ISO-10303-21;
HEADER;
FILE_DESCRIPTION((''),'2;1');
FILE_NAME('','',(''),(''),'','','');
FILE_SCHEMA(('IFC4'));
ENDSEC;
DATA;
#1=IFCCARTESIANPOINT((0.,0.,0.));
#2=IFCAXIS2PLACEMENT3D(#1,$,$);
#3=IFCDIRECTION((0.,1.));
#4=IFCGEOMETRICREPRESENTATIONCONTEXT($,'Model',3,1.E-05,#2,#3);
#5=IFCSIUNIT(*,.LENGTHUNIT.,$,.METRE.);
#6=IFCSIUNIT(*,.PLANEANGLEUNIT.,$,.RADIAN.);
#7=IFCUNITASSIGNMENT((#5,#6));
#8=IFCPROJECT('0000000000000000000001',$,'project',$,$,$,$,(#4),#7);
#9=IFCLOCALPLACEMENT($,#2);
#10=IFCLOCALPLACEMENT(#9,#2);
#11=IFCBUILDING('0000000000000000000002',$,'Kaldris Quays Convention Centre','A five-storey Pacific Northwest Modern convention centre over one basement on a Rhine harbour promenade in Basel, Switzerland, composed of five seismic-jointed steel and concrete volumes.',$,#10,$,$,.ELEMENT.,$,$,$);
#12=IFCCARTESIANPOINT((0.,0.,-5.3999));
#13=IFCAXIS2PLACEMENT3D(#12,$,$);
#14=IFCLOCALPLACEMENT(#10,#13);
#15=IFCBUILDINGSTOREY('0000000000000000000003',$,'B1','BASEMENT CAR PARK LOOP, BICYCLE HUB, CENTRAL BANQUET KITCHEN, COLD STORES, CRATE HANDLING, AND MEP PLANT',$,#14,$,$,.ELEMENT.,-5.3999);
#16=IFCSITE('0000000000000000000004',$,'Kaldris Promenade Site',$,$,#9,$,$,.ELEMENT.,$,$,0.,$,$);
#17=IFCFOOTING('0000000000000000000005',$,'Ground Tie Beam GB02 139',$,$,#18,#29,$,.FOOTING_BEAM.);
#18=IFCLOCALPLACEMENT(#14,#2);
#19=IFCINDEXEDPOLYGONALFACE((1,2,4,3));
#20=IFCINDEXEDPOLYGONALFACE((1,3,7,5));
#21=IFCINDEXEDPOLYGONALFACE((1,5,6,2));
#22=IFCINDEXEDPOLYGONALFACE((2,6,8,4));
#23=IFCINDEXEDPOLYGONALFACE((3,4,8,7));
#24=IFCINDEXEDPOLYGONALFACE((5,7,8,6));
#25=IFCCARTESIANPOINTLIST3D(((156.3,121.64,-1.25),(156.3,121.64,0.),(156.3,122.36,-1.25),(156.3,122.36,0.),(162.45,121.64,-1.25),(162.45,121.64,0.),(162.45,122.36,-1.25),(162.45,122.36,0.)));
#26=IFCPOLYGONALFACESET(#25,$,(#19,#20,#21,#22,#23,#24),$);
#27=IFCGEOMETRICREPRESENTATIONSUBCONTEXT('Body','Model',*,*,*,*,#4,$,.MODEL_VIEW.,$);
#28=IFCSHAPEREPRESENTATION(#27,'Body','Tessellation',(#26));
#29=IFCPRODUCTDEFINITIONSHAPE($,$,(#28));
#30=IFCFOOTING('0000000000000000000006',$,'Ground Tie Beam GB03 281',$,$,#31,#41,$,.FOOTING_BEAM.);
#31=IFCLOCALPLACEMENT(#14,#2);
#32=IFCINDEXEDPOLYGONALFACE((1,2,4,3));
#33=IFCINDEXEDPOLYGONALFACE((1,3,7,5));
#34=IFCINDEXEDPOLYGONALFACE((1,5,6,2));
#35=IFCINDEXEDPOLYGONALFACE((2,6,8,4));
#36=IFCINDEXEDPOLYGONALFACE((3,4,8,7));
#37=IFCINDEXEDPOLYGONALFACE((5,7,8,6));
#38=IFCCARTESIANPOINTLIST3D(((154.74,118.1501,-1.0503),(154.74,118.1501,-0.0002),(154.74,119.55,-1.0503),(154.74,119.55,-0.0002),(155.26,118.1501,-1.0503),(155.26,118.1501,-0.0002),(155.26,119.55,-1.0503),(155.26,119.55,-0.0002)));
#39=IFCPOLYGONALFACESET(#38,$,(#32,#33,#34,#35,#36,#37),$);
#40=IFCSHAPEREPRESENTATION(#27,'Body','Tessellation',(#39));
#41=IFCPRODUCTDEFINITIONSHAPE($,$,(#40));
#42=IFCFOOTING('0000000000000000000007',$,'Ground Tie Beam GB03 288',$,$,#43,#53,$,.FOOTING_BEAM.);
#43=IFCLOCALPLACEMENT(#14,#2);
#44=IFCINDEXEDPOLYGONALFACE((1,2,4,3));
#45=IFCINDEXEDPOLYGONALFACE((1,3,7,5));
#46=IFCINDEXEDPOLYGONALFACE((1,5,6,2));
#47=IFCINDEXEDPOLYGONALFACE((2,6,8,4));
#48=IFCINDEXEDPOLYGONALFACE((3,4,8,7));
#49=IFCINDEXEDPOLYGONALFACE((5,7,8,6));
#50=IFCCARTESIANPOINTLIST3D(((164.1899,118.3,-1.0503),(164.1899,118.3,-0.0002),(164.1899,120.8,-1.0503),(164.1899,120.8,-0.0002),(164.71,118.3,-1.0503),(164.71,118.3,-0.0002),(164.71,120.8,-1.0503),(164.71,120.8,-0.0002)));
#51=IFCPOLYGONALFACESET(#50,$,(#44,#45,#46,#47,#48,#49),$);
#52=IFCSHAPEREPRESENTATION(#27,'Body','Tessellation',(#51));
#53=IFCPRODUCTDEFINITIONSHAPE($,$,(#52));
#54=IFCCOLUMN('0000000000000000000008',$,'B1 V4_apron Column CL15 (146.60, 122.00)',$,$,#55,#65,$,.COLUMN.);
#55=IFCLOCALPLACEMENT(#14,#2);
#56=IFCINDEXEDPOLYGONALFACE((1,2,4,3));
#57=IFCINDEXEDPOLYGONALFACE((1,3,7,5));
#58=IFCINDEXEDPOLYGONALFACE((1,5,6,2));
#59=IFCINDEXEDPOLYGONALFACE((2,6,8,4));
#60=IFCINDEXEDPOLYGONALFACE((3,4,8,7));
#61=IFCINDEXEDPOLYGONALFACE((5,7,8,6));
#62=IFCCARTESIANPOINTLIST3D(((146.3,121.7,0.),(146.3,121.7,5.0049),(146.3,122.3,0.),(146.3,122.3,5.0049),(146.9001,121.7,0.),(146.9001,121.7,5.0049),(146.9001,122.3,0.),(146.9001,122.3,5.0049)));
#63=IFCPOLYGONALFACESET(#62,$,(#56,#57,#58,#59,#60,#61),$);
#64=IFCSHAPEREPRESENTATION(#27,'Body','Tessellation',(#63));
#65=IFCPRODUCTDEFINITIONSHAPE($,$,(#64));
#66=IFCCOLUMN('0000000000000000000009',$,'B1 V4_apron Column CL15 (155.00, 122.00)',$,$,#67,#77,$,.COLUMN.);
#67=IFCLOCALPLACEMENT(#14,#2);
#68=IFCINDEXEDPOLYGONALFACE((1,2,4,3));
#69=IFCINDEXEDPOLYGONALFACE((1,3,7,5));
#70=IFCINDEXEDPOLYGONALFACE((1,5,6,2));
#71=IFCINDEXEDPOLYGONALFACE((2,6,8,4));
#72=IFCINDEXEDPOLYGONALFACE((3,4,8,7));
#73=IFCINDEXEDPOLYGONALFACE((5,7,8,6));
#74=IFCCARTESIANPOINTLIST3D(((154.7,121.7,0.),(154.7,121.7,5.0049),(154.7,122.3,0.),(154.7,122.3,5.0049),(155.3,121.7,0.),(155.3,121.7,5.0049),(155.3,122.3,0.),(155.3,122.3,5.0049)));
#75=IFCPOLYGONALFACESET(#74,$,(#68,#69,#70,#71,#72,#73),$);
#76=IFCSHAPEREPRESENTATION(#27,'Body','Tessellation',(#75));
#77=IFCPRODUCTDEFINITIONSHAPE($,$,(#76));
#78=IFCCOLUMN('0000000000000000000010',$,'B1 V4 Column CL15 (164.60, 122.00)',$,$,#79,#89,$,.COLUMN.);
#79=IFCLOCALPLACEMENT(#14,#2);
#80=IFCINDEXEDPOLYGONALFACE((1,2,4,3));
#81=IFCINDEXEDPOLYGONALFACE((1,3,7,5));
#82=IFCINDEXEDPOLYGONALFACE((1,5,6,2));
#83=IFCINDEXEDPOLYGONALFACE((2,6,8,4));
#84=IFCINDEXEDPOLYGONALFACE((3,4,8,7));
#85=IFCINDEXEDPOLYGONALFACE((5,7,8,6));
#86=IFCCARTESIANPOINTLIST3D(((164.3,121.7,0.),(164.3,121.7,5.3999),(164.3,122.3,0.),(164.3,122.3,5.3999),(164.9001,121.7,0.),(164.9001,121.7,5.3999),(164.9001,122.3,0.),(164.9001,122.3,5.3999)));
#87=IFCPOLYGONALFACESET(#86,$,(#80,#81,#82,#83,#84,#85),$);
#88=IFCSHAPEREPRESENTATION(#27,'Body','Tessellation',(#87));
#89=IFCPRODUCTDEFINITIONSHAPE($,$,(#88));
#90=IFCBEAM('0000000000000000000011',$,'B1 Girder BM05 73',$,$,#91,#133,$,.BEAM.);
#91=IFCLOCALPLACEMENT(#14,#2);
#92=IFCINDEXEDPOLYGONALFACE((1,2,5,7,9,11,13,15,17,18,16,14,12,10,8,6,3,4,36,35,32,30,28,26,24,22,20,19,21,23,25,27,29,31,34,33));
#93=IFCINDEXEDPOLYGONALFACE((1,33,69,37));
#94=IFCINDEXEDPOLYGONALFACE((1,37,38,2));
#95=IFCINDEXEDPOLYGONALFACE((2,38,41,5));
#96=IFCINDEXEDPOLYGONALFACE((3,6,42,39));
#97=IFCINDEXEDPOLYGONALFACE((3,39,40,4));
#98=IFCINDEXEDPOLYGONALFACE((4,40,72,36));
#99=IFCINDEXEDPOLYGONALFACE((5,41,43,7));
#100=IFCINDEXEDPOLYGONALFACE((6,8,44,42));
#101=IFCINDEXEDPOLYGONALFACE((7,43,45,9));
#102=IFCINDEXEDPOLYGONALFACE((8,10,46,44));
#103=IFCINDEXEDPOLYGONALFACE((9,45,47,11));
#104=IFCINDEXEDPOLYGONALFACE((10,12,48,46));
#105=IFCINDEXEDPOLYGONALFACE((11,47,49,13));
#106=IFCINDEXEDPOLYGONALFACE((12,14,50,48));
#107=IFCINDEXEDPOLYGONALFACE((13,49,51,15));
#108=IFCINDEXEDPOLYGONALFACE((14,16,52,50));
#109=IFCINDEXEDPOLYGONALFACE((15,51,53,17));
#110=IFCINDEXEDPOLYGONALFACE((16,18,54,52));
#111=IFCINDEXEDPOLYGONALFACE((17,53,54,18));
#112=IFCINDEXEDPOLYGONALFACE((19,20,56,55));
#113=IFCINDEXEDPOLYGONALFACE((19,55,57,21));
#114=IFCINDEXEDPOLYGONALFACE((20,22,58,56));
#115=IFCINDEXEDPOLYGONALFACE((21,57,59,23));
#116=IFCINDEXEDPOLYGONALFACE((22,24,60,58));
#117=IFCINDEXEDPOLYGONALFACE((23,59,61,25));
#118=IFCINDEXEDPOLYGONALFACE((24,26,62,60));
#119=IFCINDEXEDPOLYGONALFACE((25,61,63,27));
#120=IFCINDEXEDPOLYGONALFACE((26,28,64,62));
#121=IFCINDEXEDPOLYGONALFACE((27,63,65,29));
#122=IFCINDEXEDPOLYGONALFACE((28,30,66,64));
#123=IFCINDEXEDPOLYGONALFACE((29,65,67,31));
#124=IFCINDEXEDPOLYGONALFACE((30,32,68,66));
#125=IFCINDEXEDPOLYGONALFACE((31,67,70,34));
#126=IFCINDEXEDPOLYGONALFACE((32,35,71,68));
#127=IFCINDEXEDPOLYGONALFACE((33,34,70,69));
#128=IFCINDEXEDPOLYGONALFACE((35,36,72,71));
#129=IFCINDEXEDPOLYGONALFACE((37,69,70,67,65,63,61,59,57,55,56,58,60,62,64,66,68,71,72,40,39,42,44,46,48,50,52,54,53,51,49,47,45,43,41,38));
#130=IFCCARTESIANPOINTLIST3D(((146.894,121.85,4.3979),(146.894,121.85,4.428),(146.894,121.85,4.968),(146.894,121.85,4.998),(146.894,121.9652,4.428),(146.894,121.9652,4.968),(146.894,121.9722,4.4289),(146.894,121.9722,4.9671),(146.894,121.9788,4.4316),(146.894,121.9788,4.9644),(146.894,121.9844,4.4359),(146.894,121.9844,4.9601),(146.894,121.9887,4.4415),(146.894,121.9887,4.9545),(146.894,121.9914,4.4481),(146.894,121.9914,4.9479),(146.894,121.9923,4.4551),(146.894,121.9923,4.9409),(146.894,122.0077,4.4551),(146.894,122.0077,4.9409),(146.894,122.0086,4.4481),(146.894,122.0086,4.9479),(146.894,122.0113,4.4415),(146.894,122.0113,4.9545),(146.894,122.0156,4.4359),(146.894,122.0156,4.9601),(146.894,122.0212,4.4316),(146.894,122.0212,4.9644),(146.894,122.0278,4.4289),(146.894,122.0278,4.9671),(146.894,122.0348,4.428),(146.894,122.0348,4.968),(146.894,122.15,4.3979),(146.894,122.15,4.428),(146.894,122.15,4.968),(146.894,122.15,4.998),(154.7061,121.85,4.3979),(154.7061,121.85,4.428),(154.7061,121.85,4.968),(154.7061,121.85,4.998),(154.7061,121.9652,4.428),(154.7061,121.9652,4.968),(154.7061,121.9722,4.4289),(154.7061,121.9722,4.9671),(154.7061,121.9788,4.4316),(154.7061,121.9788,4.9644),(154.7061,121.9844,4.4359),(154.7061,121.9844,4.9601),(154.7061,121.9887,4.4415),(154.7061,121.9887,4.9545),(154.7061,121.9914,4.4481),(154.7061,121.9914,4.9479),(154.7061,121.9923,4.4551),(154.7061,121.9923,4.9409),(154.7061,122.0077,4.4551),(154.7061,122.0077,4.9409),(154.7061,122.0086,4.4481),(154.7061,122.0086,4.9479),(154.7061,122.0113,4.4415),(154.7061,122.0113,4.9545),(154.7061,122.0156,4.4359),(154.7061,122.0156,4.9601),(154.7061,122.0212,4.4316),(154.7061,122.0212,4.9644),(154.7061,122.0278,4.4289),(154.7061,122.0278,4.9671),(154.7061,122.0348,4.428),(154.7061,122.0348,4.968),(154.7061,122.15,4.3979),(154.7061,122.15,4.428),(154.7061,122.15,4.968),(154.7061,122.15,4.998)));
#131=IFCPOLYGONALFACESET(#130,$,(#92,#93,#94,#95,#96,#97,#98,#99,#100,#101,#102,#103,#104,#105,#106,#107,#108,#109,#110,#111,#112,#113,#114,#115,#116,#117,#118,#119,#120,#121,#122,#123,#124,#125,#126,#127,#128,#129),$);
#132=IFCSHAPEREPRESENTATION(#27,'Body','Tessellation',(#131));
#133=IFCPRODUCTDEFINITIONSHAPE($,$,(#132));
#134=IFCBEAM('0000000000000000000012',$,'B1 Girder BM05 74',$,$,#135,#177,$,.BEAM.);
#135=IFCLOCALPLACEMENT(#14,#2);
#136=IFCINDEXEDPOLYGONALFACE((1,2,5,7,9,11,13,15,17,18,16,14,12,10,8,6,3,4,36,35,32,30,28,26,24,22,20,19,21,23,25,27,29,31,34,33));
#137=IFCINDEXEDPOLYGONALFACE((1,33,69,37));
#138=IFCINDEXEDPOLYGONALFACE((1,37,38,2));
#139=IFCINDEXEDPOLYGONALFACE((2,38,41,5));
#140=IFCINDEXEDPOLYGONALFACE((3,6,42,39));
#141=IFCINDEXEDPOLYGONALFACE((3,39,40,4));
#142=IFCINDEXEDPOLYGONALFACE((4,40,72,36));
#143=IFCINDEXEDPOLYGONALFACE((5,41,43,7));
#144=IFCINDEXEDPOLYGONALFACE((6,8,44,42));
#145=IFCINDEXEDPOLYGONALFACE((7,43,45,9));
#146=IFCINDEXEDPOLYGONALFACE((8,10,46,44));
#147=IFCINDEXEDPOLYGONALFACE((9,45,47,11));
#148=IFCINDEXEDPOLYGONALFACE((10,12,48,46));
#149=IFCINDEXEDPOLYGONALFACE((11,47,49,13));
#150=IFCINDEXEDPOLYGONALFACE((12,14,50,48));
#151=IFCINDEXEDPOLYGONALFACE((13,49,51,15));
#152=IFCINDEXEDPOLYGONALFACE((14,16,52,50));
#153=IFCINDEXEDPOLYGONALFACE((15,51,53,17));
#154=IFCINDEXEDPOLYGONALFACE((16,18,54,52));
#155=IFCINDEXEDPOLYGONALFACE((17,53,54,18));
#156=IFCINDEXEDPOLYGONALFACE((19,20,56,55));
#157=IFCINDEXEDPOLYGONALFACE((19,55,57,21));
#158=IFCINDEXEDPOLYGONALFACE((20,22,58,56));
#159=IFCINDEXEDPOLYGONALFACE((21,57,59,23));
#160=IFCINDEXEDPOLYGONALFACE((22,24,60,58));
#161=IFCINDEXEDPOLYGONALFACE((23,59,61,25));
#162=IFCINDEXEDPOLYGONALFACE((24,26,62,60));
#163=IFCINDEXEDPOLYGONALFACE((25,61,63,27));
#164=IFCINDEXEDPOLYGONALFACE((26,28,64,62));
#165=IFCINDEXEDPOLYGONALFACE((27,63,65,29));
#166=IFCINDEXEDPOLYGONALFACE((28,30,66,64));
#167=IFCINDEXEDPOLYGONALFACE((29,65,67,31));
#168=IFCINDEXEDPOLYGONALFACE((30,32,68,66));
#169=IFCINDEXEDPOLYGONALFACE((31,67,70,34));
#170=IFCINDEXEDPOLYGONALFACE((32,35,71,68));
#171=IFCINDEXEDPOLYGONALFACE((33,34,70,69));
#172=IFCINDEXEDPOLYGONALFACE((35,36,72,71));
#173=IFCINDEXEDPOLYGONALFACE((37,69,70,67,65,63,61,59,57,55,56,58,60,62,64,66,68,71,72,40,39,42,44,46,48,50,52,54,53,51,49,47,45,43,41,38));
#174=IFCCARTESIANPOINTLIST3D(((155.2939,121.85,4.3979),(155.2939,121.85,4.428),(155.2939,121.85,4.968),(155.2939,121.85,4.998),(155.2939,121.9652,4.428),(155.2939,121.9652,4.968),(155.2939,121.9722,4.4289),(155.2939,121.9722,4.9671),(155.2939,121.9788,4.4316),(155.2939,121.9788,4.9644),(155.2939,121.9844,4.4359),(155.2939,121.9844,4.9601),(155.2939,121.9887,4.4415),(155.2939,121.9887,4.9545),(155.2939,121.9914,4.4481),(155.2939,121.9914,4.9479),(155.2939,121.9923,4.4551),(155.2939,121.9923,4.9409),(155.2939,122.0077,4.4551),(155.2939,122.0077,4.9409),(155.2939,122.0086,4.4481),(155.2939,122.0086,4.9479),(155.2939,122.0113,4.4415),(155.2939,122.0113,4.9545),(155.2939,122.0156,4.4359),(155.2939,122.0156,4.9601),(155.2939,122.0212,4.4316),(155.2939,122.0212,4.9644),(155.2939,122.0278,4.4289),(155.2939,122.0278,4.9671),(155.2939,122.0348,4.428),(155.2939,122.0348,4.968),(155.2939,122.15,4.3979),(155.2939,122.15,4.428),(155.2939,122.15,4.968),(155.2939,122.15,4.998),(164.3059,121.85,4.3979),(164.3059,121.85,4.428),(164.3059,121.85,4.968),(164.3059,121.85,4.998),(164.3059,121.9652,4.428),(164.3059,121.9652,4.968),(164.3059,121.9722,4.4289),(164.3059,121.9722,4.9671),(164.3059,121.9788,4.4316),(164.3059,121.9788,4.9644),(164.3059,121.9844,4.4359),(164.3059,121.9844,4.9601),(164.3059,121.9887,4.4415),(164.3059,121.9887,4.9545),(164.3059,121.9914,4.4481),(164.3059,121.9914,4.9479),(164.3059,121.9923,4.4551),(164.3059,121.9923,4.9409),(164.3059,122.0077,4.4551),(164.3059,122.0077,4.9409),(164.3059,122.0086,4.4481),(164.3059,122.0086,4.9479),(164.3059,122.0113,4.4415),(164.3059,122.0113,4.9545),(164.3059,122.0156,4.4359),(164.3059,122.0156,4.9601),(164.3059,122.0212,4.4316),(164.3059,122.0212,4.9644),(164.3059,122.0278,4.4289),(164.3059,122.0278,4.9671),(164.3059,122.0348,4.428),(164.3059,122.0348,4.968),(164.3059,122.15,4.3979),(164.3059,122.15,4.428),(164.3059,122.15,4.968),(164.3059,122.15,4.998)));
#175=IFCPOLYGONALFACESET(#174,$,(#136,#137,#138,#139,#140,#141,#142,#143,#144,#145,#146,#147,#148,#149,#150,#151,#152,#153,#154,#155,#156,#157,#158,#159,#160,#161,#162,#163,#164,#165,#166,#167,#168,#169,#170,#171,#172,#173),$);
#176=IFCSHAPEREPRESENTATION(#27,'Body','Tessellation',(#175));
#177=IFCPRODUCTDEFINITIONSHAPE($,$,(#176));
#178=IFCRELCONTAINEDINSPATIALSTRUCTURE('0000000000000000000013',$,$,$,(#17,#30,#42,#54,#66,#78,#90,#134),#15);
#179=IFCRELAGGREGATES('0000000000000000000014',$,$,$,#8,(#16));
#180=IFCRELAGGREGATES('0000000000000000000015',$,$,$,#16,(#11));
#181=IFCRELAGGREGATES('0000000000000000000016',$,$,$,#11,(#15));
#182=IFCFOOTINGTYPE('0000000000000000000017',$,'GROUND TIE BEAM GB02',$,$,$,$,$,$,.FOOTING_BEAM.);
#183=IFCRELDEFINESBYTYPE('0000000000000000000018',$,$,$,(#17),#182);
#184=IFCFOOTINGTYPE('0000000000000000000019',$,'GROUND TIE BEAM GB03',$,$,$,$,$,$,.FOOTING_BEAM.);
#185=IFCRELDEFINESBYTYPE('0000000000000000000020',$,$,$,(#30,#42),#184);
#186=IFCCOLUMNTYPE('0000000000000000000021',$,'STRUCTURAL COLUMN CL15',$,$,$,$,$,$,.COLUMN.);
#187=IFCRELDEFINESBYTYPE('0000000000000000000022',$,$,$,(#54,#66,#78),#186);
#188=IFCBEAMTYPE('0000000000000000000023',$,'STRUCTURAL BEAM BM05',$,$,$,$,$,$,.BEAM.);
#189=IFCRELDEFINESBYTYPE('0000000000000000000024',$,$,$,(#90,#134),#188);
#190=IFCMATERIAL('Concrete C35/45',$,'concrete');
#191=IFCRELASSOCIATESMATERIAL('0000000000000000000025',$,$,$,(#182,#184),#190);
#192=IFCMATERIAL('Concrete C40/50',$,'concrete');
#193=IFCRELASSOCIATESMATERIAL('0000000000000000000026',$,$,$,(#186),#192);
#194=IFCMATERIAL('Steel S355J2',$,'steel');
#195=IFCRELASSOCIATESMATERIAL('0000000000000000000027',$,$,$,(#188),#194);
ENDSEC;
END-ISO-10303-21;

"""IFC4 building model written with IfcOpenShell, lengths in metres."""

from ifc_helpers import new_model, si_unit, direction, frame, origin, origin_2d, place, context, subcontext, project, spatial, rectangle, i_section, extrude, material, material_profile, profile_set, type_object, element, save


model = new_model("IFC4")

# Units and contexts
model_context = context("Model", 3, precision=1e-05, world=origin(), true_north=direction((0.0, 1.0)))
body_context = subcontext(model_context, "Body", "Model", "MODEL_VIEW")
ifc_project = project(units=[si_unit("LENGTHUNIT", "METRE"), si_unit("PLANEANGLEUNIT", "RADIAN")], contexts=[model_context])

# Site, building, storey
site_placement = place(None, origin())
site = spatial("IfcSite", under=ifc_project, at=site_placement, Name="Kaldris Promenade Site", CompositionType="ELEMENT", RefElevation=0.0)
building_placement = place(site_placement, origin())
building = spatial("IfcBuilding", under=site, at=building_placement, Name="Kaldris Quays Convention Centre", Description="A five-storey Pacific Northwest Modern convention centre over one basement on a Rhine harbour promenade in Basel, Switzerland, composed of five seismic-jointed steel and concrete volumes.", CompositionType="ELEMENT")
storey_placement = place(building_placement, frame((0.0, 0.0, -5.3999)))
storey = spatial("IfcBuildingStorey", under=building, at=storey_placement, Name="B1", Description="BASEMENT CAR PARK LOOP, BICYCLE HUB, CENTRAL BANQUET KITCHEN, COLD STORES, CRATE HANDLING, AND MEP PLANT", CompositionType="ELEMENT", Elevation=-5.3999)

# Shared definitions
ifc_material_1 = material(Name="Concrete C35/45", Category="concrete")

# Footings
footing_type_1 = type_object("IfcFootingType", Name="GROUND TIE BEAM GB02", PredefinedType="FOOTING_BEAM", material=ifc_material_1)
footing_1_placement = place(storey_placement, frame((159.375, 122.0, -1.25), z_axis=(0.0, 0.0, 1.0), x_axis=(1.0, 0.0, 0.0)))
element("IfcFooting", 1, at=footing_1_placement, inside=storey, type_object=footing_type_1, Name="Ground Tie Beam GB02 139", PredefinedType="FOOTING_BEAM", context=body_context, shape_type="SweptSolid", body=[
    extrude(rectangle(XDim=6.1499, YDim=0.72, at=origin_2d()), origin(), (0.0, 0.0, 1.0), 1.25),
])
footing_type_2 = type_object("IfcFootingType", Name="GROUND TIE BEAM GB03", PredefinedType="FOOTING_BEAM", material=ifc_material_1)
footing_2_placement = place(storey_placement, frame((155.0, 118.8501, -1.0503), z_axis=(0.0, 0.0, 1.0), x_axis=(1.0, 0.0, 0.0)))
element("IfcFooting", 2, at=footing_2_placement, inside=storey, type_object=footing_type_2, Name="Ground Tie Beam GB03 281", PredefinedType="FOOTING_BEAM", context=body_context, shape_type="SweptSolid", body=[
    extrude(rectangle(XDim=0.52, YDim=1.3999, at=origin_2d()), origin(), (0.0, 0.0, 1.0), 1.05),
])
footing_3_placement = place(storey_placement, frame((164.45, 119.55, -1.0503), z_axis=(0.0, 0.0, 1.0), x_axis=(1.0, 0.0, 0.0)))
element("IfcFooting", 3, at=footing_3_placement, inside=storey, type_object=footing_type_2, Name="Ground Tie Beam GB03 288", PredefinedType="FOOTING_BEAM", context=body_context, shape_type="SweptSolid", body=[
    extrude(rectangle(XDim=0.52, YDim=2.5, at=origin_2d()), origin(), (0.0, 0.0, 1.0), 1.05),
])

# Columns
ifc_material_2 = material(Name="Concrete C40/50", Category="concrete")
ifc_material_profile_1 = material_profile(ifc_material_2, rectangle(XDim=0.6001, YDim=0.6001, at=origin_2d()), Name="RC 600x600")
ifc_profile_set_1 = profile_set([ifc_material_profile_1], Name="Concrete C40/50")
column_type = type_object("IfcColumnType", Name="STRUCTURAL COLUMN CL15", PredefinedType="COLUMN", material=ifc_profile_set_1)
for number, where, z_axis, x_axis, name in (
    (4, (146.6001, 122.0, 0.0), (0.0, 0.0, 1.0), (1.0, 0.0, 0.0), "B1 V4_apron Column CL15 (146.60, 122.00)"),
    (5, (155.0, 122.0, 0.0), (0.0, 0.0, 1.0), (1.0, 0.0, 0.0), "B1 V4_apron Column CL15 (155.00, 122.00)"),
):
    element("IfcColumn", number, at=place(storey_placement, frame(where, z_axis=z_axis, x_axis=x_axis)), inside=storey, type_object=column_type, Name=name, PredefinedType="COLUMN", context=body_context, shape_type="SweptSolid", body=[
        extrude(rectangle(XDim=0.6001, YDim=0.6001, at=origin_2d()), origin(), (0.0, 0.0, 1.0), 5.0049),
    ])
column_placement = place(storey_placement, frame((164.6001, 122.0, 0.0), z_axis=(0.0, 0.0, 1.0), x_axis=(1.0, 0.0, 0.0)))
element("IfcColumn", 6, at=column_placement, inside=storey, type_object=column_type, Name="B1 V4 Column CL15 (164.60, 122.00)", PredefinedType="COLUMN", context=body_context, shape_type="SweptSolid", body=[
    extrude(rectangle(XDim=0.6001, YDim=0.6001, at=origin_2d()), origin(), (0.0, 0.0, 1.0), 5.3999),
])

# Beams
ifc_material_3 = material(Name="Steel S355J2", Category="steel")
ifc_material_profile_2 = material_profile(ifc_material_3, i_section(OverallWidth=0.3, OverallDepth=0.6001, WebThickness=0.0154, FlangeThickness=0.03, FilletRadius=0.0271, at=origin_2d()), Name="HEB 600")
ifc_profile_set_2 = profile_set([ifc_material_profile_2], Name="Steel S355J2")
beam_type_1 = type_object("IfcBeamType", Name="STRUCTURAL BEAM BM05", PredefinedType="BEAM", material=ifc_profile_set_2)
beam_1_placement = place(storey_placement, frame((146.894, 122.0, 4.698), z_axis=(1.0, 0.0, 0.0), x_axis=(0.0, 1.0, 0.0)))
element("IfcBeam", 7, at=beam_1_placement, inside=storey, type_object=beam_type_1, Name="B1 Girder BM05 73", PredefinedType="BEAM", context=body_context, shape_type="SweptSolid", body=[
    extrude(i_section(OverallWidth=0.3, OverallDepth=0.6001, WebThickness=0.0154, FlangeThickness=0.03, FilletRadius=0.0271, at=origin_2d()), origin(), (0.0, 0.0, 1.0), 7.812),
])
beam_2_placement = place(storey_placement, frame((155.2939, 122.0, 4.698), z_axis=(1.0, 0.0, 0.0), x_axis=(0.0, 1.0, 0.0)))
element("IfcBeam", 8, at=beam_2_placement, inside=storey, type_object=beam_type_1, Name="B1 Girder BM05 74", PredefinedType="BEAM", context=body_context, shape_type="SweptSolid", body=[
    extrude(i_section(OverallWidth=0.3, OverallDepth=0.6001, WebThickness=0.0154, FlangeThickness=0.03, FilletRadius=0.0271, at=origin_2d()), origin(), (0.0, 0.0, 1.0), 9.012),
])

save(model, "model.ifc")
